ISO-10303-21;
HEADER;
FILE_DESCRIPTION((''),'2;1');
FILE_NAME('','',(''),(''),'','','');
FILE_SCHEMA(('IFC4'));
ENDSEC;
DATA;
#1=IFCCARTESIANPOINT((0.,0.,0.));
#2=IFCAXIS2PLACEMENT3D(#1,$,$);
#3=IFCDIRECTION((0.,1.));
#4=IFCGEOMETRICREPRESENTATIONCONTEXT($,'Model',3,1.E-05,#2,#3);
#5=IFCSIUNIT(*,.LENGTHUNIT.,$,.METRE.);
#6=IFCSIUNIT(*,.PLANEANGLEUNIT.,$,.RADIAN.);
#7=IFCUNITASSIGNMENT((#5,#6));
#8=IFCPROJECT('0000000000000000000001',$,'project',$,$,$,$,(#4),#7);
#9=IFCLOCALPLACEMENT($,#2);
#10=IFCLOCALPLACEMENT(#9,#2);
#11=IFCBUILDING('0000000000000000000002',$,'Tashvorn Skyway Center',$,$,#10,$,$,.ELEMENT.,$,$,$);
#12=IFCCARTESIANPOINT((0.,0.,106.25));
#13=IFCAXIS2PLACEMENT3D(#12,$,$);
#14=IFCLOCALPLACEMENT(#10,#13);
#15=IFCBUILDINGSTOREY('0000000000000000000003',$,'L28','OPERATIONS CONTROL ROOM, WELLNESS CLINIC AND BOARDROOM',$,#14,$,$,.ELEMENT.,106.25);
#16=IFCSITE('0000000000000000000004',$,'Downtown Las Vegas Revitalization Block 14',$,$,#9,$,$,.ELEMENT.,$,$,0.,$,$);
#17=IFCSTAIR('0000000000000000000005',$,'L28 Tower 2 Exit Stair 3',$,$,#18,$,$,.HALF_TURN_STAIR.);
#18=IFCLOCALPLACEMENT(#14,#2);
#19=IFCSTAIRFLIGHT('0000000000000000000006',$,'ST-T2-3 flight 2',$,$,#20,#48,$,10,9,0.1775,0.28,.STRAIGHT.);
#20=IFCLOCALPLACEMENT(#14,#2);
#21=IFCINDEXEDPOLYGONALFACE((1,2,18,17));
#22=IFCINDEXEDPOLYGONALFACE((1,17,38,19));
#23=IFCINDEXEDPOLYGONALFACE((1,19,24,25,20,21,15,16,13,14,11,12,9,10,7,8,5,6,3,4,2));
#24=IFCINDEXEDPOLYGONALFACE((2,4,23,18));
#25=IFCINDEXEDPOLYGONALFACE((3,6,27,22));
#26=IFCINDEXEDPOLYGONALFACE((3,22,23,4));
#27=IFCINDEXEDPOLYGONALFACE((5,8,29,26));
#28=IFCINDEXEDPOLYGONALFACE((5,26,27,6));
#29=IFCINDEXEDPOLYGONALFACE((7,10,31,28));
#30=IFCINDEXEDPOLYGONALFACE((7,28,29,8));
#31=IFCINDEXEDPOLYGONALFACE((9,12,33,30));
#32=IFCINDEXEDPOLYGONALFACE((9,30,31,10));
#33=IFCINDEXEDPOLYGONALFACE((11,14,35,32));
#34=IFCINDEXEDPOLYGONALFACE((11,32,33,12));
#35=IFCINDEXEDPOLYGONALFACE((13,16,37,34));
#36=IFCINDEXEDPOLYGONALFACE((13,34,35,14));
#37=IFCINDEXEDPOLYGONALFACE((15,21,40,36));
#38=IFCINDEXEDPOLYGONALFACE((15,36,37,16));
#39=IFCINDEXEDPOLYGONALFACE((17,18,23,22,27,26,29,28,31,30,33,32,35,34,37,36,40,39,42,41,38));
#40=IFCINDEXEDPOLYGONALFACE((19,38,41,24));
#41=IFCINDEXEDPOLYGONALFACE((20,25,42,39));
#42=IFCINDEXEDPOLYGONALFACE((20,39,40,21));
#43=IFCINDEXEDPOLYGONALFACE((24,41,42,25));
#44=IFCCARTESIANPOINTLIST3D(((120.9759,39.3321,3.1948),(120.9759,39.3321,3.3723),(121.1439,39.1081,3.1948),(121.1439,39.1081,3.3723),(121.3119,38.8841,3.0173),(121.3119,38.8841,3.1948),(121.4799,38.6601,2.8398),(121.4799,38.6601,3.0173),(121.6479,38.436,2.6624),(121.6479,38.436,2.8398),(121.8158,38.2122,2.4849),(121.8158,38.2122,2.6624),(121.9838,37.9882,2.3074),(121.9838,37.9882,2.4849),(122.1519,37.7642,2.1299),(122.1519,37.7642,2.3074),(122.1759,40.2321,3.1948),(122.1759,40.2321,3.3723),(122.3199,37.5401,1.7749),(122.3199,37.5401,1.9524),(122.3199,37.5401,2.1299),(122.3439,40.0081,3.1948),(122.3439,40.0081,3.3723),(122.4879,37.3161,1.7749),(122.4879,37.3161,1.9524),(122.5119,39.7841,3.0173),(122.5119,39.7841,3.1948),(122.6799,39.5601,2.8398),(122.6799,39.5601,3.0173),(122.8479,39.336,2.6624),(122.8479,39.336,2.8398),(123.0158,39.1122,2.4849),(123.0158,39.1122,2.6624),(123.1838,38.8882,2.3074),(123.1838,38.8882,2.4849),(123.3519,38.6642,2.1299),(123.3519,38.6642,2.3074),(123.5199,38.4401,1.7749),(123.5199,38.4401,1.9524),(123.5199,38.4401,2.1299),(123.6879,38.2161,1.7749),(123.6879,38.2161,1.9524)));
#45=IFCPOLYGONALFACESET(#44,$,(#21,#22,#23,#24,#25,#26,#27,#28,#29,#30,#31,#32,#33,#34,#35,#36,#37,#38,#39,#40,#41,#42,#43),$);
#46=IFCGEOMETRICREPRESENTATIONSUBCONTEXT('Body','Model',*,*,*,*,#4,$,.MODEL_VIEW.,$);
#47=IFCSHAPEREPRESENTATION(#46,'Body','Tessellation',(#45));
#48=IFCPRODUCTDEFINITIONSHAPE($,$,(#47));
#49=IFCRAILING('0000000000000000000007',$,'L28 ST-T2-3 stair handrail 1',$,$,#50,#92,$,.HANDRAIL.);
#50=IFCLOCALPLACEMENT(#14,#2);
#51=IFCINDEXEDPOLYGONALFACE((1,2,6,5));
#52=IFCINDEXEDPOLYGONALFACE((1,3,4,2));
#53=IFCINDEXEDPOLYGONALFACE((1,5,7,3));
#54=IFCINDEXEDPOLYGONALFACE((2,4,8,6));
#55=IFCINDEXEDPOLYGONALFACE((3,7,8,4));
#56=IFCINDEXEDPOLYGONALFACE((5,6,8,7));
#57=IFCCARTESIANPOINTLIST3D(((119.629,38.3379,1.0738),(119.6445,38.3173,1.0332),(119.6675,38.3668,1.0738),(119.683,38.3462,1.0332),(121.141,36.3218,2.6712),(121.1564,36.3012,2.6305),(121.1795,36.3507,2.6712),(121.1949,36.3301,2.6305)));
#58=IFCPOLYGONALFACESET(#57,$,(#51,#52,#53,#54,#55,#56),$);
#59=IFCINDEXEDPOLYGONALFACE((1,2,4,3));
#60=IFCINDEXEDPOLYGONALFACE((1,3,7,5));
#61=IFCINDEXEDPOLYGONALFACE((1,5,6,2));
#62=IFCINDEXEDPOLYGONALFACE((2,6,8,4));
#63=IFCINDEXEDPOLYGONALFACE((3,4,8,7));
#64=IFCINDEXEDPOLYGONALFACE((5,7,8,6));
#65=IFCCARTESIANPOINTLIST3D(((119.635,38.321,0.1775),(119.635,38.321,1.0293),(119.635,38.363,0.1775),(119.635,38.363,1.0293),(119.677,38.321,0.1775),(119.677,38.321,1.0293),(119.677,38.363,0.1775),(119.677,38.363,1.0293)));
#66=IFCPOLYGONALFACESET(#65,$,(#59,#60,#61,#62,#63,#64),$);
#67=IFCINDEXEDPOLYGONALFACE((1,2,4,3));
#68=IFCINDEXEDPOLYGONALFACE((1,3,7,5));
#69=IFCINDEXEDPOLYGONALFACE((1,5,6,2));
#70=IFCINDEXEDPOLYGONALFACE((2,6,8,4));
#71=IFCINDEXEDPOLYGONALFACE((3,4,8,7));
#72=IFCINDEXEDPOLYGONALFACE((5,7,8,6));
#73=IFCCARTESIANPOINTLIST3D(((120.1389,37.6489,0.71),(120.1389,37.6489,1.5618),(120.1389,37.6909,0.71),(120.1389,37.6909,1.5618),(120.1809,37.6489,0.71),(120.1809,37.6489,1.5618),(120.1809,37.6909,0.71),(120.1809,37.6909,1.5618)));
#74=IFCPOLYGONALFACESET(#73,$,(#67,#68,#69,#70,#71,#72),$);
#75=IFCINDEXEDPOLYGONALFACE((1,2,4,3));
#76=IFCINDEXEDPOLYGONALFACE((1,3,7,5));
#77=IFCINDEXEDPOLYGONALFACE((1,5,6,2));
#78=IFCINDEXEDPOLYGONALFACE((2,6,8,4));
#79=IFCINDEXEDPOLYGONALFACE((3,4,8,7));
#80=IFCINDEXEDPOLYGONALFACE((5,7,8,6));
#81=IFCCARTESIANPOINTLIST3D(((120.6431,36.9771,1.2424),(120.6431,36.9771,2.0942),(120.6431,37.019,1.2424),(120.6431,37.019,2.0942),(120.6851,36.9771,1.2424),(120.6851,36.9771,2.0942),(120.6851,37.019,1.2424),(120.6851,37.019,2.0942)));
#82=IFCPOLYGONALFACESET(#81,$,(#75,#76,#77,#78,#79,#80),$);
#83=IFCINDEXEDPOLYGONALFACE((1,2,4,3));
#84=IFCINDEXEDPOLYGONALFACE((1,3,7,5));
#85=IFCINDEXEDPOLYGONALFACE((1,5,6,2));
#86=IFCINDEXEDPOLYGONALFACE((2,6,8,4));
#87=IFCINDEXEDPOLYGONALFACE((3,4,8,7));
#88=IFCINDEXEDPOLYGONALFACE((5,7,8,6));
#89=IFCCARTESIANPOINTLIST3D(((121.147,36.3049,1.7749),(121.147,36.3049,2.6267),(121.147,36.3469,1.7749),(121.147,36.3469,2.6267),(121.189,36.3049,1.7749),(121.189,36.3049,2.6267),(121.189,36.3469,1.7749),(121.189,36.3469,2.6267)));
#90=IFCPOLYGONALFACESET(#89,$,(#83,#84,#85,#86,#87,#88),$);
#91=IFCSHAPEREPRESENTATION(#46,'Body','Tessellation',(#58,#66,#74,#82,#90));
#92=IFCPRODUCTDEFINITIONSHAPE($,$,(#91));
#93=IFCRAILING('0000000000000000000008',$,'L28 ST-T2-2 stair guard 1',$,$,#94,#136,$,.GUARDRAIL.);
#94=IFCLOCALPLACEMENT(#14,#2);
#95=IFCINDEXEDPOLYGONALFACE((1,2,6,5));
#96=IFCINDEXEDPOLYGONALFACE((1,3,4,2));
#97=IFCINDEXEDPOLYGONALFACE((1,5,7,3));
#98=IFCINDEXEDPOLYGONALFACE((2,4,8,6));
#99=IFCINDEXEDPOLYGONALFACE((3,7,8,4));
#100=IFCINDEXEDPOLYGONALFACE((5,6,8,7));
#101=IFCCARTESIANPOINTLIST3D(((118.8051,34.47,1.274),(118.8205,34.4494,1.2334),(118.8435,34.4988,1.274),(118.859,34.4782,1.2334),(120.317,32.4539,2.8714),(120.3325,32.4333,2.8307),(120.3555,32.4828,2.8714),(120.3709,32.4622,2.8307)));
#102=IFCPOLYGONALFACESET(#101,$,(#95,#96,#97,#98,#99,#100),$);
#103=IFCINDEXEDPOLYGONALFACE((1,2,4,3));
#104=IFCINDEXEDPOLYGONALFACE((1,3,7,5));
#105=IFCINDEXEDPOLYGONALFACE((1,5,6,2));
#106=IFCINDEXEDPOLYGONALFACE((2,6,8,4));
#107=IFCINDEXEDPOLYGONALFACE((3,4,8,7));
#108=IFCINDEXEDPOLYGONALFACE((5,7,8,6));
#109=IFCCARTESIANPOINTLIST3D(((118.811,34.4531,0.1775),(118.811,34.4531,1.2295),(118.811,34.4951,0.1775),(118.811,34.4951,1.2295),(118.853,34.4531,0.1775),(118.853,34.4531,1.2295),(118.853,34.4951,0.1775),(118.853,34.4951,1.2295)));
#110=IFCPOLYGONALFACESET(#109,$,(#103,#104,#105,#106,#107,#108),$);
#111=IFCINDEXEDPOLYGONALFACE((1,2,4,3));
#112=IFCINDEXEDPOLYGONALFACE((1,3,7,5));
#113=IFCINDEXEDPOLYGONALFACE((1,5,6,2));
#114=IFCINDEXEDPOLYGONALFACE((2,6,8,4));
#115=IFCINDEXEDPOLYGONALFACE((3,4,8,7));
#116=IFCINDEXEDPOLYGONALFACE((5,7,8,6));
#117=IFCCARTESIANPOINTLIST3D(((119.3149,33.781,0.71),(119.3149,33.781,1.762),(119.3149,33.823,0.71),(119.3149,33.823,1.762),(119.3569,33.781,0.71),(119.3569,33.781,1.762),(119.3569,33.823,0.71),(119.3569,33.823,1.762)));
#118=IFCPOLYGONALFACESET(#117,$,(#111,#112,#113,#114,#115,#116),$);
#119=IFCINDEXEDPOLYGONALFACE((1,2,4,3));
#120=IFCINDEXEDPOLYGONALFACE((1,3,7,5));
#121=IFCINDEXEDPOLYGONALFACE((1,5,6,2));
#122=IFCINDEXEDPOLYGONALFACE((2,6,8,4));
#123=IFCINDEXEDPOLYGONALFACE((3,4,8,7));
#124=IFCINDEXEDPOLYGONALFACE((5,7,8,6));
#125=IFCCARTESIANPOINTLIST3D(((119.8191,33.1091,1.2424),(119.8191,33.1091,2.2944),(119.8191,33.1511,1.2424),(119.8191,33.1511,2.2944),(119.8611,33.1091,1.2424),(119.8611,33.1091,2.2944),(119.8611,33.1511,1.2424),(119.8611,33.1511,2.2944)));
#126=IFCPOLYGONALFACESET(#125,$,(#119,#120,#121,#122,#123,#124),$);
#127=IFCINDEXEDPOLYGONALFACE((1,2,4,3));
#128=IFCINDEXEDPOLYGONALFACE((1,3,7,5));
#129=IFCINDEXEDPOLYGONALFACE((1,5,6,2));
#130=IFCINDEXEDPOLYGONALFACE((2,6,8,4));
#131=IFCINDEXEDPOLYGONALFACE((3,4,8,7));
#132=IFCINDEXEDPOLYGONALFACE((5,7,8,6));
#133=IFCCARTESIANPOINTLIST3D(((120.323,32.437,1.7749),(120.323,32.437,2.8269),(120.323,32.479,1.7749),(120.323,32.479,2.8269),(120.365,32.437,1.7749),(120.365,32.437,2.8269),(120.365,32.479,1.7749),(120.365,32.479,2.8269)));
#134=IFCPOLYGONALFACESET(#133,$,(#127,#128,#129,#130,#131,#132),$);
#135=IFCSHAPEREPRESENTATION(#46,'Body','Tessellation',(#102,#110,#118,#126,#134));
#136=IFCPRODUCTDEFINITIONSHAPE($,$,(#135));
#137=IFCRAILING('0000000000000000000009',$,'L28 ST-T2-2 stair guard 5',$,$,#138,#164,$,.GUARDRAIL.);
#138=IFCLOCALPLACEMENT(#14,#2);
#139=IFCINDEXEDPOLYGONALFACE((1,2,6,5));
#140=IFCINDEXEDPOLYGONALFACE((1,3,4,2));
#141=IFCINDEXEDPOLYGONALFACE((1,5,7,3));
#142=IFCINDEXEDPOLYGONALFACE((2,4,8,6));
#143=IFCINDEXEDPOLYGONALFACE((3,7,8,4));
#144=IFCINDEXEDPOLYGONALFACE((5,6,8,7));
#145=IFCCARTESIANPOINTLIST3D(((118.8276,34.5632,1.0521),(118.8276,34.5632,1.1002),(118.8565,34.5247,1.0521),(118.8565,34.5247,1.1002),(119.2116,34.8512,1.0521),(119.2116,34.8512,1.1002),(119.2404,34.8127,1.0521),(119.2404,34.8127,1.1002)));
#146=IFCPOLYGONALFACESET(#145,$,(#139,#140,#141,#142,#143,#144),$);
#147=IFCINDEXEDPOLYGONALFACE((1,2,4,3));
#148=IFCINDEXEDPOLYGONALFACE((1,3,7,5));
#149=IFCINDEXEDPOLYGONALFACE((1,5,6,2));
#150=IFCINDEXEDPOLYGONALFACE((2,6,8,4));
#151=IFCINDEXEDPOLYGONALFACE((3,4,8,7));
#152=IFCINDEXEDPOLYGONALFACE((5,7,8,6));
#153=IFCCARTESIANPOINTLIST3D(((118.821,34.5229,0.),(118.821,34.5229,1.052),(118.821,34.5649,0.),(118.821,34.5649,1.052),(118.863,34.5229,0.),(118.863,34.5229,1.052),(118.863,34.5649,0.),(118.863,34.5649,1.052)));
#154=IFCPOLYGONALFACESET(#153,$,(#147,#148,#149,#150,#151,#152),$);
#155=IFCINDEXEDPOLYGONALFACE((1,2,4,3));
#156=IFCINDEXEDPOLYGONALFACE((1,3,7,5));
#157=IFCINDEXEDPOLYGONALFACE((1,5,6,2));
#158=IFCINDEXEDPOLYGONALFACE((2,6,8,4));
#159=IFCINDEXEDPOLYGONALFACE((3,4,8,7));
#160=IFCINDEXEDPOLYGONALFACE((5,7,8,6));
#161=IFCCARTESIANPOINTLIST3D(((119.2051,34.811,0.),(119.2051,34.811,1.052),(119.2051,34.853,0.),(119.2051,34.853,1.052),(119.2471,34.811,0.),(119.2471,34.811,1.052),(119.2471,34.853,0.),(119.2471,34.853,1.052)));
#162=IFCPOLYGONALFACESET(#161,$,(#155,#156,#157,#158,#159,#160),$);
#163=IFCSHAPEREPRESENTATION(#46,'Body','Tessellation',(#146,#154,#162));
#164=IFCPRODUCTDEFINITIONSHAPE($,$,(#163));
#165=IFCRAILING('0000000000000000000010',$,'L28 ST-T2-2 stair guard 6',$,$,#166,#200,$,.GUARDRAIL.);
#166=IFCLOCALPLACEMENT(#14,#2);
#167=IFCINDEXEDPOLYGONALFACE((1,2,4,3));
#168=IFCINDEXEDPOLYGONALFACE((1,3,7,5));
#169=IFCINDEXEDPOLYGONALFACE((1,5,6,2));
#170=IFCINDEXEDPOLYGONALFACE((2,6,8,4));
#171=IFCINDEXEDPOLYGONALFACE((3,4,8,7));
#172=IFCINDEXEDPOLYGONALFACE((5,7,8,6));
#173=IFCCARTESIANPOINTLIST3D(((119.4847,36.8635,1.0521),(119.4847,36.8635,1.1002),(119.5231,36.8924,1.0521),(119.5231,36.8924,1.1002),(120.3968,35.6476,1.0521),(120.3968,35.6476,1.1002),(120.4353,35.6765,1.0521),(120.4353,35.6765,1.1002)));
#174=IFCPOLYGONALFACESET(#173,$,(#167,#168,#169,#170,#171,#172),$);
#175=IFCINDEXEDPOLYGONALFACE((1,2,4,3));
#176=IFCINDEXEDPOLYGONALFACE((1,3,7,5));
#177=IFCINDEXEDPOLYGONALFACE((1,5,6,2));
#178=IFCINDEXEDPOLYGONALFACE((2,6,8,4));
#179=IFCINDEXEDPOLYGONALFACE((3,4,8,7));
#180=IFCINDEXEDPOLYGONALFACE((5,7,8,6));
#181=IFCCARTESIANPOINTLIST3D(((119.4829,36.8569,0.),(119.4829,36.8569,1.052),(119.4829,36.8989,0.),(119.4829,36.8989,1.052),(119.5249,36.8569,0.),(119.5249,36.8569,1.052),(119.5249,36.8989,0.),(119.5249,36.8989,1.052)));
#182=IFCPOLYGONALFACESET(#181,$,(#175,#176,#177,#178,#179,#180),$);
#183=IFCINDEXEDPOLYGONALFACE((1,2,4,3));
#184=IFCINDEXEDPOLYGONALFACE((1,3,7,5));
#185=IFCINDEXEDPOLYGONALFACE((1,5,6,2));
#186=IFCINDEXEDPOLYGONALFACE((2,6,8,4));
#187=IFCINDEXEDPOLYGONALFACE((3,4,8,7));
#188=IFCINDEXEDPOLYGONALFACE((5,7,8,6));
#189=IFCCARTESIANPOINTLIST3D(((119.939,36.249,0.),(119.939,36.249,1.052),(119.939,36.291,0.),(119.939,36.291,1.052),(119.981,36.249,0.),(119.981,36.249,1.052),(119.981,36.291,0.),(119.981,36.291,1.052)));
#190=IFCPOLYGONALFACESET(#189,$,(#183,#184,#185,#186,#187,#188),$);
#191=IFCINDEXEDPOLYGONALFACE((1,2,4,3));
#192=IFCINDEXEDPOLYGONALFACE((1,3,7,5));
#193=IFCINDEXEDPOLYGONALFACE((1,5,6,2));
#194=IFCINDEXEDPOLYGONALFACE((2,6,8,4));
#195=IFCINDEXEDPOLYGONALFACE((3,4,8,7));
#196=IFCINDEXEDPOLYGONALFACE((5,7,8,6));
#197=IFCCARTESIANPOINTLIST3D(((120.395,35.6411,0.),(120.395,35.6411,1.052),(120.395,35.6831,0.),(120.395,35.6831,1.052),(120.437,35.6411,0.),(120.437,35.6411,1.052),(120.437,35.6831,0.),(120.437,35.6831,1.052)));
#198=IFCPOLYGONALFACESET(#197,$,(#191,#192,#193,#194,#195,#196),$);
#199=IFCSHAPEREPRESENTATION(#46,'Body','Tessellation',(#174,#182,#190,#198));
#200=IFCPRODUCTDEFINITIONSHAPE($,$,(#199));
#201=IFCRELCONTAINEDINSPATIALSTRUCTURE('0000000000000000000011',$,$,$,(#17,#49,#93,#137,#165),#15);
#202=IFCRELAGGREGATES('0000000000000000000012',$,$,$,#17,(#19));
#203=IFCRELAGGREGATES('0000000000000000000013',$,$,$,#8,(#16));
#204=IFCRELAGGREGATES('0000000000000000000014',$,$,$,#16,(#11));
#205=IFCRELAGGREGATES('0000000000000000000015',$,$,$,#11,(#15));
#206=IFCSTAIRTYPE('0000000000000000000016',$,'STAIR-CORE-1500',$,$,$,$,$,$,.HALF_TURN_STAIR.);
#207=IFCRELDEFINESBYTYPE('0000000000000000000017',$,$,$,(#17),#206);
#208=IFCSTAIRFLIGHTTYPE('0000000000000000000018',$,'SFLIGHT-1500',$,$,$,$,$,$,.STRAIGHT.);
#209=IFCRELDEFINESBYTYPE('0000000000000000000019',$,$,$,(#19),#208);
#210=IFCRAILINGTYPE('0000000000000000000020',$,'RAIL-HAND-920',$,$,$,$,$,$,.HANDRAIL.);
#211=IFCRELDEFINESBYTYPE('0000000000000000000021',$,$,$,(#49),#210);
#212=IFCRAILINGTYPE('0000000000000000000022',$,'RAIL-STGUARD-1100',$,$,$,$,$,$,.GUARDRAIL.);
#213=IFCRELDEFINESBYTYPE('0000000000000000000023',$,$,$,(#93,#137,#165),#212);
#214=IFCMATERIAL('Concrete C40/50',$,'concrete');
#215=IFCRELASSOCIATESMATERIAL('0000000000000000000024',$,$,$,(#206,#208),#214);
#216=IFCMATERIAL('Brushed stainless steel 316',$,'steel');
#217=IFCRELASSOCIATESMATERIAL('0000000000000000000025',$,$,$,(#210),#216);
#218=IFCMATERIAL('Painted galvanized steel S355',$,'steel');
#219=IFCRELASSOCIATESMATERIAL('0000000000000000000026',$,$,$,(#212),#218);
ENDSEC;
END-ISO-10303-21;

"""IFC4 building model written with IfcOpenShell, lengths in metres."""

from ifc_helpers import new_model, si_unit, direction, frame, origin, origin_2d, place, context, subcontext, project, spatial, polyline, rectangle, outline, extrude, material, type_object, element, aggregate, save


model = new_model("IFC4")

# Units and contexts
model_context = context("Model", 3, precision=1e-05, world=origin(), true_north=direction((0.0, 1.0)))
body_context = subcontext(model_context, "Body", "Model", "MODEL_VIEW")
ifc_project = project(units=[si_unit("LENGTHUNIT", "METRE"), si_unit("PLANEANGLEUNIT", "RADIAN")], contexts=[model_context])

# Site, building, storey
site_placement = place(None, origin())
site = spatial("IfcSite", under=ifc_project, at=site_placement, Name="Downtown Las Vegas Revitalization Block 14", CompositionType="ELEMENT", RefElevation=0.0)
building_placement = place(site_placement, origin())
building = spatial("IfcBuilding", under=site, at=building_placement, Name="Tashvorn Skyway Center", CompositionType="ELEMENT")
storey_placement = place(building_placement, frame((0.0, 0.0, 106.25)))
storey = spatial("IfcBuildingStorey", under=building, at=storey_placement, Name="L28", Description="OPERATIONS CONTROL ROOM, WELLNESS CLINIC AND BOARDROOM", CompositionType="ELEMENT", Elevation=106.25)

# Shared definitions
ifc_material_1 = material(Name="Concrete C40/50", Category="concrete")

# Stair, stair flight
stair_type = type_object("IfcStairType", Name="STAIR-CORE-1500", PredefinedType="HALF_TURN_STAIR", material=ifc_material_1)
stair_placement = place(storey_placement, origin())
stair = element("IfcStair", 1, at=stair_placement, inside=storey, type_object=stair_type, Name="L28 Tower 2 Exit Stair 3", PredefinedType="HALF_TURN_STAIR")
stair_flight_type = type_object("IfcStairFlightType", Name="SFLIGHT-1500", PredefinedType="STRAIGHT", material=ifc_material_1)
stair_flight_1_placement = place(storey_placement, frame((123.0879, 37.7661, 1.7749), z_axis=(0.0, 0.0, 1.0), x_axis=(-0.6, 0.8, 0.0)))
stair_flight_1 = element("IfcStairFlight", 2, at=stair_flight_1_placement, type_object=stair_flight_type, Name="ST-T2-3 flight 2", NumberOfRisers=10, NumberOfTreads=9, PredefinedType="STRAIGHT", RiserHeight=0.1775, TreadLength=0.28, context=body_context, shape_type="SweptSolid", body=[
    extrude(outline(polyline([(0.0, 0.0), (0.0, 0.1775), (0.28, 0.1775), (0.28, 0.355), (0.5601, 0.355), (0.5601, 0.5325), (0.8401, 0.5325), (0.8401, 0.71), (1.1201, 0.71), (1.1201, 0.8875), (1.3999, 0.8875), (1.3999, 1.0649), (1.6799, 1.0649), (1.6799, 1.2424), (1.96, 1.2424), (1.96, 1.4199), (2.24, 1.4199), (2.24, 1.5974), (2.52, 1.5974), (2.52, 1.7749), (2.52, 1.4199), (0.28, 0.0), (0.0, 0.0)])), frame((0.0, 0.75, 0.0), z_axis=(0.0, -1.0, 0.0), x_axis=(1.0, 0.0, 0.0)), (0.0, 0.0, 1.0), 1.5),
])
aggregate(stair, [stair_flight_1])

# Railings
ifc_material_2 = material(Name="Brushed stainless steel 316", Category="steel")
railing_type_1 = type_object("IfcRailingType", Name="RAIL-HAND-920", PredefinedType="HANDRAIL", material=ifc_material_2)
railing_1_placement = place(storey_placement, frame((119.656, 38.342, 0.1775)))
element("IfcRailing", 3, at=railing_1_placement, inside=storey, type_object=railing_type_1, Name="L28 ST-T2-3 stair handrail 1", PredefinedType="HANDRAIL", context=body_context, shape_type="SweptSolid", body=[
    extrude(rectangle(XDim=0.0481, YDim=0.0481, at=origin_2d()), frame((0.0, 0.0, 0.876), z_axis=(0.506741, -0.675709, 0.535379), x_axis=(0.800023, 0.599969, 0.0)), (0.0, 0.0, 1.0), 2.9836),
    extrude(rectangle(XDim=0.042, YDim=0.042, at=origin_2d()), origin(), (0.0, 0.0, 1.0), 0.8518),
    extrude(rectangle(XDim=0.042, YDim=0.042, at=origin_2d()), frame((0.5039, -0.6721, 0.5325)), (0.0, 0.0, 1.0), 0.8518),
    extrude(rectangle(XDim=0.042, YDim=0.042, at=origin_2d()), frame((1.0081, -1.344, 1.0649)), (0.0, 0.0, 1.0), 0.8518),
    extrude(rectangle(XDim=0.042, YDim=0.042, at=origin_2d()), frame((1.512, -2.0161, 1.5974)), (0.0, 0.0, 1.0), 0.8518),
])
ifc_material_3 = material(Name="Painted galvanized steel S355", Category="steel")
railing_type_2 = type_object("IfcRailingType", Name="RAIL-STGUARD-1100", PredefinedType="GUARDRAIL", material=ifc_material_3)
railing_2_placement = place(storey_placement, frame((118.832, 34.4741, 0.1775)))
element("IfcRailing", 4, at=railing_2_placement, inside=storey, type_object=railing_type_2, Name="L28 ST-T2-2 stair guard 1", PredefinedType="GUARDRAIL", context=body_context, shape_type="SweptSolid", body=[
    extrude(rectangle(XDim=0.0481, YDim=0.0481, at=origin_2d()), frame((0.0, 0.0, 1.0762), z_axis=(0.506741, -0.675709, 0.535379), x_axis=(0.800023, 0.599969, 0.0)), (0.0, 0.0, 1.0), 2.9836),
    extrude(rectangle(XDim=0.042, YDim=0.042, at=origin_2d()), origin(), (0.0, 0.0, 1.0), 1.052),
    extrude(rectangle(XDim=0.042, YDim=0.042, at=origin_2d()), frame((0.5039, -0.6721, 0.5325)), (0.0, 0.0, 1.0), 1.052),
    extrude(rectangle(XDim=0.042, YDim=0.042, at=origin_2d()), frame((1.0081, -1.344, 1.0649)), (0.0, 0.0, 1.0), 1.052),
    extrude(rectangle(XDim=0.042, YDim=0.042, at=origin_2d()), frame((1.512, -2.0161, 1.5974)), (0.0, 0.0, 1.0), 1.052),
])
railing_3_placement = place(storey_placement, frame((118.842, 34.5439, 0.0)))
element("IfcRailing", 5, at=railing_3_placement, inside=storey, type_object=railing_type_2, Name="L28 ST-T2-2 stair guard 5", PredefinedType="GUARDRAIL", context=body_context, shape_type="SweptSolid", body=[
    extrude(rectangle(XDim=0.0481, YDim=0.0481, at=origin_2d()), frame((0.0, 0.0, 1.0762), z_axis=(0.799939, 0.600081, 0.0), x_axis=(-0.600081, 0.799939, 0.0)), (0.0, 0.0, 1.0), 0.48),
    extrude(rectangle(XDim=0.042, YDim=0.042, at=origin_2d()), origin(), (0.0, 0.0, 1.0), 1.052),
    extrude(rectangle(XDim=0.042, YDim=0.042, at=origin_2d()), frame((0.384, 0.2881, 0.0)), (0.0, 0.0, 1.0), 1.052),
])
railing_4_placement = place(storey_placement, frame((119.5039, 36.8779, 0.0)))
element("IfcRailing", 6, at=railing_4_placement, inside=storey, type_object=railing_type_2, Name="L28 ST-T2-2 stair guard 6", PredefinedType="GUARDRAIL", context=body_context, shape_type="SweptSolid", body=[
    extrude(rectangle(XDim=0.0481, YDim=0.0481, at=origin_2d()), frame((0.0, 0.0, 1.0762), z_axis=(0.600103, -0.799923, 0.0), x_axis=(0.799923, 0.600103, 0.0)), (0.0, 0.0, 1.0), 1.52),
    extrude(rectangle(XDim=0.042, YDim=0.042, at=origin_2d()), origin(), (0.0, 0.0, 1.0), 1.052),
    extrude(rectangle(XDim=0.042, YDim=0.042, at=origin_2d()), frame((0.4561, -0.6079, 0.0)), (0.0, 0.0, 1.0), 1.052),
    extrude(rectangle(XDim=0.042, YDim=0.042, at=origin_2d()), frame((0.9121, -1.2158, 0.0)), (0.0, 0.0, 1.0), 1.052),
])

save(model, "model.ifc")
